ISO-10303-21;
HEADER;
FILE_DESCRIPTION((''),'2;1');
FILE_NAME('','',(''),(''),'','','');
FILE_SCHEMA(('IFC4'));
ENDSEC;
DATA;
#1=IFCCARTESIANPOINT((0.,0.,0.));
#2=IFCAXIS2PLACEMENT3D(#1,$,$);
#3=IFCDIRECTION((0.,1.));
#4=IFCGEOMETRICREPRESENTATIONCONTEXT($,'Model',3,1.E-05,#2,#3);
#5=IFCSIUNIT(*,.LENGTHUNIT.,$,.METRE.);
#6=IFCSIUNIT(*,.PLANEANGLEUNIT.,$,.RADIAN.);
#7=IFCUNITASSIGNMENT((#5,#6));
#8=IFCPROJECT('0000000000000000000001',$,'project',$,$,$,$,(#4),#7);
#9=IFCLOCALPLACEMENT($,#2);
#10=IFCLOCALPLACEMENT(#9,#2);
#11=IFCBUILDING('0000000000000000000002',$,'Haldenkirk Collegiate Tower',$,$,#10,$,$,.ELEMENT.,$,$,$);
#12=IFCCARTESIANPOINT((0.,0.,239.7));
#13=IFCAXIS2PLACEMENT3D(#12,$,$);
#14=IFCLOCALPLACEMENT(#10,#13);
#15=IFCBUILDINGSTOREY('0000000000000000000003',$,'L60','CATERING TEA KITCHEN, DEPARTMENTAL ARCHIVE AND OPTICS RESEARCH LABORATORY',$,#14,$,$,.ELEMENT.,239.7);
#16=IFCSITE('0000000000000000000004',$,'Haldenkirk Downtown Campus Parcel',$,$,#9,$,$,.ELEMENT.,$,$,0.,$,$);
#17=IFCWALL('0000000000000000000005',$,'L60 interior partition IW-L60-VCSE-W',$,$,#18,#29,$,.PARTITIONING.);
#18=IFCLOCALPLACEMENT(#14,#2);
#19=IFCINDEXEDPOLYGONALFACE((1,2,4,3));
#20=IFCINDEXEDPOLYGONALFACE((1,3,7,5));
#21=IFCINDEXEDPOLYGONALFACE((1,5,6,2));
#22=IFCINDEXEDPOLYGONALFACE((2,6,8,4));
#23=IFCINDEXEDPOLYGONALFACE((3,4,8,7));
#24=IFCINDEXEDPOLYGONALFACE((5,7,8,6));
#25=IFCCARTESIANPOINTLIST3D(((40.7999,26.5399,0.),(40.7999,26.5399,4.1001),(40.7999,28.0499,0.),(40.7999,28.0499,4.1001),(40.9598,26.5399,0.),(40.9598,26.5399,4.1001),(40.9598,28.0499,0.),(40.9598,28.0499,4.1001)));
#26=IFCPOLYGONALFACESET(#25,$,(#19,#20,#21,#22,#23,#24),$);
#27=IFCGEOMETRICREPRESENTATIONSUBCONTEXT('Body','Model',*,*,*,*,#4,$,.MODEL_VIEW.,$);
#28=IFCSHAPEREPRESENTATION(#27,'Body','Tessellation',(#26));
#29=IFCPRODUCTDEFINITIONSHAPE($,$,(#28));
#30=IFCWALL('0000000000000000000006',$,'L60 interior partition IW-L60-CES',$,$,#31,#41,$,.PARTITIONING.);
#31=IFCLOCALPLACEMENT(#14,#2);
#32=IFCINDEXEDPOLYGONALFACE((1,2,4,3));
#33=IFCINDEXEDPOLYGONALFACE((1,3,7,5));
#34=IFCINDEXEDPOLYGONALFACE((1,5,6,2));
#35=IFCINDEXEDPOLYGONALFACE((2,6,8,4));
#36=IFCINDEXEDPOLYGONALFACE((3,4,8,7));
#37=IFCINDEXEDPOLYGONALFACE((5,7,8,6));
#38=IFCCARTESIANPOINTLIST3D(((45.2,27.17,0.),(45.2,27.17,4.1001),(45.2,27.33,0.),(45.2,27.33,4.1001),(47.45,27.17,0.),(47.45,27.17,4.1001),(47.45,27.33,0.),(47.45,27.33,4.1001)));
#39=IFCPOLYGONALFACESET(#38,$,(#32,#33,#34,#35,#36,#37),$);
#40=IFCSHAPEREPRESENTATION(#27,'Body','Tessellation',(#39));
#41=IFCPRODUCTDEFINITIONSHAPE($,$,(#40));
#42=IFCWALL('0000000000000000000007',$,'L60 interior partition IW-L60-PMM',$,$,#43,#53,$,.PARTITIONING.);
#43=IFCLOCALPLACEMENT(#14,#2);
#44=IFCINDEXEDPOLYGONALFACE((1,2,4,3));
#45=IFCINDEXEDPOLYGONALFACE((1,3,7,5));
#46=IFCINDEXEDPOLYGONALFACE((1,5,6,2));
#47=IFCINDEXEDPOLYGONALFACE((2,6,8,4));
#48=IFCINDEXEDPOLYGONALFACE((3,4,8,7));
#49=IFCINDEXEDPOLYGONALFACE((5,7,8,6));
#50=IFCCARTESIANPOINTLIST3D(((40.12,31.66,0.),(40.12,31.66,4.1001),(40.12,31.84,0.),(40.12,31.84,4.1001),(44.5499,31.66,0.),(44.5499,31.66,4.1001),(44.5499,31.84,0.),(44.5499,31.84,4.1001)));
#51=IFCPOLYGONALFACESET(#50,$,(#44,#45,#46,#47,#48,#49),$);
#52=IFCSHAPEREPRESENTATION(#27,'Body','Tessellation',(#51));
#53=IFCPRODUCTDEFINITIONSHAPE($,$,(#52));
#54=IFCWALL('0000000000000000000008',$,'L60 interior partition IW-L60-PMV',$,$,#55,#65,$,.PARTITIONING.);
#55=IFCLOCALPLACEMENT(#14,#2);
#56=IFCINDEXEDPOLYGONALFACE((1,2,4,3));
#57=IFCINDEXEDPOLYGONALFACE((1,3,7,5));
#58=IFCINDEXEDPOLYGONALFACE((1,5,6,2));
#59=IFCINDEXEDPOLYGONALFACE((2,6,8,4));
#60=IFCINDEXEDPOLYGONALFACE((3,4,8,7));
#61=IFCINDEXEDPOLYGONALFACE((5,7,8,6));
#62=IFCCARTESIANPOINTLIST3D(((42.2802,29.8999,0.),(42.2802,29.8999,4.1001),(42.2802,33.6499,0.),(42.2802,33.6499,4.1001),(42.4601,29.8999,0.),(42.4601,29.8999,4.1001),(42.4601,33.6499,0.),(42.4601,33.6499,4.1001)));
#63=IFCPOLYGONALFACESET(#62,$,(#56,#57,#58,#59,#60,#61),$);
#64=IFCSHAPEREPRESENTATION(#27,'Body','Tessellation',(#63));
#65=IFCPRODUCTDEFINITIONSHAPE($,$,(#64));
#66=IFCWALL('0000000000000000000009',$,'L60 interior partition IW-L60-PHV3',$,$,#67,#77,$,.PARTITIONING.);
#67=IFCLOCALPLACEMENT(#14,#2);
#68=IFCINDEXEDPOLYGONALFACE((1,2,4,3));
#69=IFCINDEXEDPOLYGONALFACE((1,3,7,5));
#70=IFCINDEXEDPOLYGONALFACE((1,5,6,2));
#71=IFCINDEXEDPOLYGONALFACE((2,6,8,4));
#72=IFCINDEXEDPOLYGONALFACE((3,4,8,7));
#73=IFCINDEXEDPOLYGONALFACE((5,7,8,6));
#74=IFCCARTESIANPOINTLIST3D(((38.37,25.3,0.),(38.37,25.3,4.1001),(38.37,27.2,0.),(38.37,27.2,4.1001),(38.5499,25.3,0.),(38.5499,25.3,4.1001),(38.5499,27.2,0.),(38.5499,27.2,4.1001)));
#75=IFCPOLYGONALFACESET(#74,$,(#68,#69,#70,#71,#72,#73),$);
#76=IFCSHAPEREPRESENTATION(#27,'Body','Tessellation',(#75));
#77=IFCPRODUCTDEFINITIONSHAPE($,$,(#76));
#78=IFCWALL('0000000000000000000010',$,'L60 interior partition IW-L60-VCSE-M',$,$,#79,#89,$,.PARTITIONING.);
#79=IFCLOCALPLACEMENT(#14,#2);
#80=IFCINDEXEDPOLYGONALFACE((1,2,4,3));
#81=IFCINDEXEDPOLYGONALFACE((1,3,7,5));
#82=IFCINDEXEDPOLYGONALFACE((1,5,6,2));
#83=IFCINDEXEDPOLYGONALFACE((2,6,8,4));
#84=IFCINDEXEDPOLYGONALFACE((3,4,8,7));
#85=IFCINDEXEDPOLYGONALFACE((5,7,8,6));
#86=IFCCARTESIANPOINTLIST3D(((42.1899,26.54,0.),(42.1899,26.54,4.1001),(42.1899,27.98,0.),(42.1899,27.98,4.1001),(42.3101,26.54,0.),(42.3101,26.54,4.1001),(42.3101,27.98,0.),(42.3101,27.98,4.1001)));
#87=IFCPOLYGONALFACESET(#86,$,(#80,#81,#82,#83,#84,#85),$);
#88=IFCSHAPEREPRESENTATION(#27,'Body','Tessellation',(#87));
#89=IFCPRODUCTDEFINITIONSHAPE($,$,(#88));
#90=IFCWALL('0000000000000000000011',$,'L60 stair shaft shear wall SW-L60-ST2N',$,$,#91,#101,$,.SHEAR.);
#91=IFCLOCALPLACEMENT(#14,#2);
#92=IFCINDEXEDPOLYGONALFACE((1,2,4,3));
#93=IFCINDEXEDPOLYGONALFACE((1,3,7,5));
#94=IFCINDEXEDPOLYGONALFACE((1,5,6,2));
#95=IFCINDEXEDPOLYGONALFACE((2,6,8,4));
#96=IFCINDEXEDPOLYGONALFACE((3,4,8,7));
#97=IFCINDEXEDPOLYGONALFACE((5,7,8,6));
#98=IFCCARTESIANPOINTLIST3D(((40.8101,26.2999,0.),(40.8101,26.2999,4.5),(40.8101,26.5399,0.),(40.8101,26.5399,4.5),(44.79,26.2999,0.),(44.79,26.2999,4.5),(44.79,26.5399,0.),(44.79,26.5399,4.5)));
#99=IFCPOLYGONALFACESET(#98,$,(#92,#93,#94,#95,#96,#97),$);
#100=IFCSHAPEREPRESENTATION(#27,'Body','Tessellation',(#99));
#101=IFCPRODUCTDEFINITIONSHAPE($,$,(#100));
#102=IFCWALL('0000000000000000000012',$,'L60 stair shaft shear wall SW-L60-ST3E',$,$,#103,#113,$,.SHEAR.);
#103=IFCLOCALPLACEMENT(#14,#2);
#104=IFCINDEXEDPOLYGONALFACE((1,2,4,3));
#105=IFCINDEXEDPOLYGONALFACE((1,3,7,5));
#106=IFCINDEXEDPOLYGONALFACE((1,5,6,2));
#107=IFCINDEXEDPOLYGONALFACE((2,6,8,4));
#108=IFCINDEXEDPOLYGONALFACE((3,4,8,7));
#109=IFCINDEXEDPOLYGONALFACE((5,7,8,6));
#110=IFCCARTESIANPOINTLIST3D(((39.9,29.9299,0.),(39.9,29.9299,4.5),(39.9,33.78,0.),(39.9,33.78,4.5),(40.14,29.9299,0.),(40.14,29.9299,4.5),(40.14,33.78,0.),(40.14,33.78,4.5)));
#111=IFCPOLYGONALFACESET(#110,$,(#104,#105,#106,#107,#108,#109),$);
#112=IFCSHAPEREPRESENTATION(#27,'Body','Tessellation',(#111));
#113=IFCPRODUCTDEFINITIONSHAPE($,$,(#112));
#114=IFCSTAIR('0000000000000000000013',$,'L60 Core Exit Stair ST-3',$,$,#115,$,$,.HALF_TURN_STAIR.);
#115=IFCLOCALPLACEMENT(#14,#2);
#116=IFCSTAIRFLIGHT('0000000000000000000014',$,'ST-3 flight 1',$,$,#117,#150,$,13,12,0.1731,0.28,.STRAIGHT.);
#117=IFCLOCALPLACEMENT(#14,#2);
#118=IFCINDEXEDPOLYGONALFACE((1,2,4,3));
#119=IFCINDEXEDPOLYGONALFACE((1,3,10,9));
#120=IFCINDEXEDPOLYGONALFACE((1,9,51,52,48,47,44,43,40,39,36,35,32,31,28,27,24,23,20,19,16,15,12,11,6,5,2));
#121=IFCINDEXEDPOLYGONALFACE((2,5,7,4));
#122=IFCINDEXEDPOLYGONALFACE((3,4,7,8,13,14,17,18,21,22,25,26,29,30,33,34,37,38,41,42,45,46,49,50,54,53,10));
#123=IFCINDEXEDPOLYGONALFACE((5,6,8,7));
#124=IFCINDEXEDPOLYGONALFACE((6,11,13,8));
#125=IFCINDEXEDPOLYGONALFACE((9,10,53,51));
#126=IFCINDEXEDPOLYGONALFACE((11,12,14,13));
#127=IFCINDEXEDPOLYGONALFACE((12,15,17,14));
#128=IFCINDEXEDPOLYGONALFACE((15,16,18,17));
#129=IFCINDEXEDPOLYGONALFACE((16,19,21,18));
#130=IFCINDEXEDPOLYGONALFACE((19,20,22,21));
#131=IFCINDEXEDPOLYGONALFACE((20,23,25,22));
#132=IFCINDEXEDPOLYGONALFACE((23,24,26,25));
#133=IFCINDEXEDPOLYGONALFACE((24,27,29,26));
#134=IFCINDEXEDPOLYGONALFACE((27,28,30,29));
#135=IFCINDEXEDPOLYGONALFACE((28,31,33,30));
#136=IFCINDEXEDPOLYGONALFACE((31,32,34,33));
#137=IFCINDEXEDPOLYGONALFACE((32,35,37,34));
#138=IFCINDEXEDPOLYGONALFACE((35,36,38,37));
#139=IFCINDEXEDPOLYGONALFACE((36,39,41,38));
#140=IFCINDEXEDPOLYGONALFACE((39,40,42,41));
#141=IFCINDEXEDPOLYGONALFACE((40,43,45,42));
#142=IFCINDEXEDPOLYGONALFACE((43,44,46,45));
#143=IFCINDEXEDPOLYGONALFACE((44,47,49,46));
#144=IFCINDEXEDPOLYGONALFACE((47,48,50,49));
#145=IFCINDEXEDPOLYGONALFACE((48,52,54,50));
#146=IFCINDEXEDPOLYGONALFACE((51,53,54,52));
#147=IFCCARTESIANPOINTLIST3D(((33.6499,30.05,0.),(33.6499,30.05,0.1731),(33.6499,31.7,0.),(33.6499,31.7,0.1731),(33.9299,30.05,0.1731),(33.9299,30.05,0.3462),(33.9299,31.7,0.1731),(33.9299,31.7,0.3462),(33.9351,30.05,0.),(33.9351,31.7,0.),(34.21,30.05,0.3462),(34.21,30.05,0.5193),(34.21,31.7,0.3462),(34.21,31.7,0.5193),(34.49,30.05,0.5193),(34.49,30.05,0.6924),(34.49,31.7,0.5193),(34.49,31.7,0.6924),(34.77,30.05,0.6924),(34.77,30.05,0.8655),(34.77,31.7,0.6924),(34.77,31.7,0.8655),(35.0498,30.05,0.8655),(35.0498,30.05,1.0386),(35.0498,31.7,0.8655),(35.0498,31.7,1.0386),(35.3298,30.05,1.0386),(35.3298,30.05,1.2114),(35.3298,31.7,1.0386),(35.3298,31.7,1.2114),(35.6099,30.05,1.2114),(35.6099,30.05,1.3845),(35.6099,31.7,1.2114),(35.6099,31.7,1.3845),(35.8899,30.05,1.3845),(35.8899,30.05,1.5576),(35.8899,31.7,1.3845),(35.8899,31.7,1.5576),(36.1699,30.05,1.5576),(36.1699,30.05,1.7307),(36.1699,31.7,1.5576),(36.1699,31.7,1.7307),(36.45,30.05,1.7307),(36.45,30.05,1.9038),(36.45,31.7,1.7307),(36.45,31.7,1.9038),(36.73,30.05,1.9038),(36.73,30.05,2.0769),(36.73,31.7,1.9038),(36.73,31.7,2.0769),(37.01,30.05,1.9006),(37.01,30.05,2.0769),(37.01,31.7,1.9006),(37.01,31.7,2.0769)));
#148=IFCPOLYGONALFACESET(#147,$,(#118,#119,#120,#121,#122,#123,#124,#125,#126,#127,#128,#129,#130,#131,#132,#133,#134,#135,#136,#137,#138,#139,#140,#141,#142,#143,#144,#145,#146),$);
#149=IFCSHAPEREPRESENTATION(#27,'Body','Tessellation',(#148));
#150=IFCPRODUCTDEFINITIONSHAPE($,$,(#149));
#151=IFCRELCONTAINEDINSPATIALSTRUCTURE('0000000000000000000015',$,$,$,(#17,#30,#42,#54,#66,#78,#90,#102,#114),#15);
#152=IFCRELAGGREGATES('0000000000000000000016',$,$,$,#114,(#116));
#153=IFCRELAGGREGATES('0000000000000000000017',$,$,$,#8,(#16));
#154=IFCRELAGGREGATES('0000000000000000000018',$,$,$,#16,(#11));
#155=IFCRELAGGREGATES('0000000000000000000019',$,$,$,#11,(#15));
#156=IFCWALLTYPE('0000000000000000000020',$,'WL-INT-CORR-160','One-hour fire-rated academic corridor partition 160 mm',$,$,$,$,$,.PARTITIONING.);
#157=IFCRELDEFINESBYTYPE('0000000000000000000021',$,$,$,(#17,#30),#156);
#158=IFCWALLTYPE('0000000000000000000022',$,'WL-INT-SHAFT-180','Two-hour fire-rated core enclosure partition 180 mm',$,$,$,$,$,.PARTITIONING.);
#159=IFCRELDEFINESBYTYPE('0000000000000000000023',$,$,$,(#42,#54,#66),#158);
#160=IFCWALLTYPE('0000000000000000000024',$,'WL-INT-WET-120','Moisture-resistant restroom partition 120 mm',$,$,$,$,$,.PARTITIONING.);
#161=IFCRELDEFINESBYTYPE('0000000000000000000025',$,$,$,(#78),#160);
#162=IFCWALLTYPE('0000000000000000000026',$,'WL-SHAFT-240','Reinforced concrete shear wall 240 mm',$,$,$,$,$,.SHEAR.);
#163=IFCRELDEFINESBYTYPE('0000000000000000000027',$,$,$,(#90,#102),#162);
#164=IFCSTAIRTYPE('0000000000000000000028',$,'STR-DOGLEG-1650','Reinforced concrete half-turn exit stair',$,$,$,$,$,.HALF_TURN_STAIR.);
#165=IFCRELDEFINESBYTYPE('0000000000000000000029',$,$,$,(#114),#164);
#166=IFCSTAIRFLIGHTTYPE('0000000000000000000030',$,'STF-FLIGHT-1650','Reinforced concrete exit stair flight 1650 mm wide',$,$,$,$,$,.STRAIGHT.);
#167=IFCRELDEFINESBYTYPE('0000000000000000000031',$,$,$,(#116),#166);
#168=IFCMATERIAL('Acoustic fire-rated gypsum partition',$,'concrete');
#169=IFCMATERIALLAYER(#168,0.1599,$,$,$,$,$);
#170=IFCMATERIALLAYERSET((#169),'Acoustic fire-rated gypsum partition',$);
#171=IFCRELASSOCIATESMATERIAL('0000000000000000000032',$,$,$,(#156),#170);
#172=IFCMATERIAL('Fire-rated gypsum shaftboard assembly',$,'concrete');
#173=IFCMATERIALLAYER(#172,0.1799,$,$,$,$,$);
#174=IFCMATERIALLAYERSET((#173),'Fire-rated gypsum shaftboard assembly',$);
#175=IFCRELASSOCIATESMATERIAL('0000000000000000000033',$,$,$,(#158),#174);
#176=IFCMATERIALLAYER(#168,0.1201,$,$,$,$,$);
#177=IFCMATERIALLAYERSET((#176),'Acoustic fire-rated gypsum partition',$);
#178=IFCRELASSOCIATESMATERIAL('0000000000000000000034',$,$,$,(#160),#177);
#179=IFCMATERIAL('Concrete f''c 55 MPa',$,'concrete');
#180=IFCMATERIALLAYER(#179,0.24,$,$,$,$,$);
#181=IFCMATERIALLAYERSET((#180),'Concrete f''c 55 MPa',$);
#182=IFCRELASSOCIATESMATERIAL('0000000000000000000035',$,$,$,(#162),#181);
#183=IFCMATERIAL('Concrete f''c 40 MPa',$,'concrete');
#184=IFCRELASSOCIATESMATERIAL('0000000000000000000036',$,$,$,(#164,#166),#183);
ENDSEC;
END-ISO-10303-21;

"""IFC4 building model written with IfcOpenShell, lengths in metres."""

from ifc_helpers import new_model, si_unit, direction, frame, frame_2d, origin, place, context, subcontext, project, spatial, polyline, rectangle, outline, extrude, material, layer, layer_set, type_object, element, aggregate, save


model = new_model("IFC4")

# Units and contexts
model_context = context("Model", 3, precision=1e-05, world=origin(), true_north=direction((0.0, 1.0)))
body_context = subcontext(model_context, "Body", "Model", "MODEL_VIEW")
ifc_project = project(units=[si_unit("LENGTHUNIT", "METRE"), si_unit("PLANEANGLEUNIT", "RADIAN")], contexts=[model_context])

# Site, building, storey
site_placement = place(None, origin())
site = spatial("IfcSite", under=ifc_project, at=site_placement, Name="Haldenkirk Downtown Campus Parcel", CompositionType="ELEMENT", RefElevation=0.0)
building_placement = place(site_placement, origin())
building = spatial("IfcBuilding", under=site, at=building_placement, Name="Haldenkirk Collegiate Tower", CompositionType="ELEMENT")
storey_placement = place(building_placement, frame((0.0, 0.0, 239.7)))
storey = spatial("IfcBuildingStorey", under=building, at=storey_placement, Name="L60", Description="CATERING TEA KITCHEN, DEPARTMENTAL ARCHIVE AND OPTICS RESEARCH LABORATORY", CompositionType="ELEMENT", Elevation=239.7)

# Shared definitions
ifc_material_1 = material(Name="Acoustic fire-rated gypsum partition", Category="concrete")
ifc_layer_1 = layer(ifc_material_1, 0.1599)
ifc_layer_set_1 = layer_set([ifc_layer_1], Name="Acoustic fire-rated gypsum partition")
wall_type_1 = type_object("IfcWallType", Name="WL-INT-CORR-160", Description="One-hour fire-rated academic corridor partition 160 mm", PredefinedType="PARTITIONING", material=ifc_layer_set_1)

# Walls
wall_1_placement = place(storey_placement, frame((40.8799, 26.54, 0.0), z_axis=(0.0, 0.0, 1.0), x_axis=(0.0, 1.0, 0.0)))
element("IfcWall", 1, at=wall_1_placement, inside=storey, type_object=wall_type_1, Name="L60 interior partition IW-L60-VCSE-W", PredefinedType="PARTITIONING", context=body_context, shape_type="SweptSolid", body=[
    extrude(rectangle(XDim=1.51, YDim=0.1599, at=frame_2d((0.7549, 0.0))), origin(), (0.0, 0.0, 1.0), 4.1001),
])
wall_2_placement = place(storey_placement, frame((45.2, 27.25, 0.0), z_axis=(0.0, 0.0, 1.0), x_axis=(1.0, 0.0, 0.0)))
element("IfcWall", 2, at=wall_2_placement, inside=storey, type_object=wall_type_1, Name="L60 interior partition IW-L60-CES", PredefinedType="PARTITIONING", context=body_context, shape_type="SweptSolid", body=[
    extrude(rectangle(XDim=2.25, YDim=0.1599, at=frame_2d((1.125, 0.0))), origin(), (0.0, 0.0, 1.0), 4.1001),
])

# Shared definitions
ifc_material_2 = material(Name="Fire-rated gypsum shaftboard assembly", Category="concrete")
ifc_layer_2 = layer(ifc_material_2, 0.1799)
ifc_layer_set_2 = layer_set([ifc_layer_2], Name="Fire-rated gypsum shaftboard assembly")
wall_type_2 = type_object("IfcWallType", Name="WL-INT-SHAFT-180", Description="Two-hour fire-rated core enclosure partition 180 mm", PredefinedType="PARTITIONING", material=ifc_layer_set_2)

# Walls
wall_3_placement = place(storey_placement, frame((40.1201, 31.75, 0.0), z_axis=(0.0, 0.0, 1.0), x_axis=(1.0, 0.0, 0.0)))
element("IfcWall", 3, at=wall_3_placement, inside=storey, type_object=wall_type_2, Name="L60 interior partition IW-L60-PMM", PredefinedType="PARTITIONING", context=body_context, shape_type="SweptSolid", body=[
    extrude(rectangle(XDim=4.4299, YDim=0.1799, at=frame_2d((2.2148, 0.0))), origin(), (0.0, 0.0, 1.0), 4.1001),
])
wall_4_placement = place(storey_placement, frame((42.3701, 29.8999, 0.0), z_axis=(0.0, 0.0, 1.0), x_axis=(0.0, 1.0, 0.0)))
element("IfcWall", 4, at=wall_4_placement, inside=storey, type_object=wall_type_2, Name="L60 interior partition IW-L60-PMV", PredefinedType="PARTITIONING", context=body_context, shape_type="SweptSolid", body=[
    extrude(rectangle(XDim=3.75, YDim=0.1799, at=frame_2d((1.875, 0.0))), origin(), (0.0, 0.0, 1.0), 4.1001),
])
wall_5_placement = place(storey_placement, frame((38.46, 25.3, 0.0), z_axis=(0.0, 0.0, 1.0), x_axis=(0.0, 1.0, 0.0)))
element("IfcWall", 5, at=wall_5_placement, inside=storey, type_object=wall_type_2, Name="L60 interior partition IW-L60-PHV3", PredefinedType="PARTITIONING", context=body_context, shape_type="SweptSolid", body=[
    extrude(rectangle(XDim=1.8999, YDim=0.1799, at=frame_2d((0.95, 0.0))), origin(), (0.0, 0.0, 1.0), 4.1001),
])
ifc_layer_3 = layer(ifc_material_1, 0.1201)
ifc_layer_set_3 = layer_set([ifc_layer_3], Name="Acoustic fire-rated gypsum partition")
wall_type_3 = type_object("IfcWallType", Name="WL-INT-WET-120", Description="Moisture-resistant restroom partition 120 mm", PredefinedType="PARTITIONING", material=ifc_layer_set_3)
wall_6_placement = place(storey_placement, frame((42.25, 26.54, 0.0), z_axis=(0.0, 0.0, 1.0), x_axis=(0.0, 1.0, 0.0)))
element("IfcWall", 6, at=wall_6_placement, inside=storey, type_object=wall_type_3, Name="L60 interior partition IW-L60-VCSE-M", PredefinedType="PARTITIONING", context=body_context, shape_type="SweptSolid", body=[
    extrude(rectangle(XDim=1.4399, YDim=0.1201, at=frame_2d((0.72, 0.0))), origin(), (0.0, 0.0, 1.0), 4.1001),
])
ifc_material_3 = material(Name="Concrete f'c 55 MPa", Category="concrete")
ifc_layer_4 = layer(ifc_material_3, 0.24)
ifc_layer_set_4 = layer_set([ifc_layer_4], Name="Concrete f'c 55 MPa")
wall_type_4 = type_object("IfcWallType", Name="WL-SHAFT-240", Description="Reinforced concrete shear wall 240 mm", PredefinedType="SHEAR", material=ifc_layer_set_4)
wall_7_placement = place(storey_placement, frame((40.8101, 26.4199, 0.0), z_axis=(0.0, 0.0, 1.0), x_axis=(1.0, 0.0, 0.0)))
element("IfcWall", 7, at=wall_7_placement, inside=storey, type_object=wall_type_4, Name="L60 stair shaft shear wall SW-L60-ST2N", PredefinedType="SHEAR", context=body_context, shape_type="SweptSolid", body=[
    extrude(rectangle(XDim=3.98, YDim=0.24, at=frame_2d((1.99, 0.0))), origin(), (0.0, 0.0, 1.0), 4.5),
])
wall_8_placement = place(storey_placement, frame((40.02, 29.9299, 0.0), z_axis=(0.0, 0.0, 1.0), x_axis=(0.0, 1.0, 0.0)))
element("IfcWall", 8, at=wall_8_placement, inside=storey, type_object=wall_type_4, Name="L60 stair shaft shear wall SW-L60-ST3E", PredefinedType="SHEAR", context=body_context, shape_type="SweptSolid", body=[
    extrude(rectangle(XDim=3.8501, YDim=0.24, at=frame_2d((1.925, 0.0))), origin(), (0.0, 0.0, 1.0), 4.5),
])

# Stair, stair flight
ifc_material_4 = material(Name="Concrete f'c 40 MPa", Category="concrete")
stair_type = type_object("IfcStairType", Name="STR-DOGLEG-1650", Description="Reinforced concrete half-turn exit stair", PredefinedType="HALF_TURN_STAIR", material=ifc_material_4)
stair_placement = place(storey_placement, origin())
stair = element("IfcStair", 9, at=stair_placement, inside=storey, type_object=stair_type, Name="L60 Core Exit Stair ST-3", PredefinedType="HALF_TURN_STAIR")
stair_flight_type = type_object("IfcStairFlightType", Name="STF-FLIGHT-1650", Description="Reinforced concrete exit stair flight 1650 mm wide", PredefinedType="STRAIGHT", material=ifc_material_4)
stair_flight_placement = place(storey_placement, frame((33.6499, 30.875, 0.0), z_axis=(0.0, 0.0, 1.0), x_axis=(1.0, 0.0, 0.0)))
stair_flight = element("IfcStairFlight", 10, at=stair_flight_placement, type_object=stair_flight_type, Name="ST-3 flight 1", NumberOfRisers=13, NumberOfTreads=12, PredefinedType="STRAIGHT", RiserHeight=0.1731, TreadLength=0.28, context=body_context, shape_type="SweptSolid", body=[
    extrude(outline(polyline([(0.0, 0.0), (0.0, 0.1731), (0.28, 0.1731), (0.28, 0.3462), (0.5601, 0.3462), (0.5601, 0.5193), (0.8401, 0.5193), (0.8401, 0.6924), (1.1201, 0.6924), (1.1201, 0.8655), (1.3999, 0.8655), (1.3999, 1.0386), (1.6799, 1.0386), (1.6799, 1.2114), (1.96, 1.2114), (1.96, 1.3845), (2.24, 1.3845), (2.24, 1.5576), (2.52, 1.5576), (2.52, 1.7307), (2.8, 1.7307), (2.8, 1.9038), (3.0801, 1.9038), (3.0801, 2.0769), (3.3601, 2.0769), (3.3601, 2.25), (3.3601, 1.9006), (0.2852, 0.0), (0.0, 0.0)])), frame((0.0, 0.825, 0.0), z_axis=(0.0, -1.0, 0.0), x_axis=(1.0, 0.0, 0.0)), (0.0, 0.0, 1.0), 1.6499),
])
aggregate(stair, [stair_flight])

save(model, "model.ifc")
